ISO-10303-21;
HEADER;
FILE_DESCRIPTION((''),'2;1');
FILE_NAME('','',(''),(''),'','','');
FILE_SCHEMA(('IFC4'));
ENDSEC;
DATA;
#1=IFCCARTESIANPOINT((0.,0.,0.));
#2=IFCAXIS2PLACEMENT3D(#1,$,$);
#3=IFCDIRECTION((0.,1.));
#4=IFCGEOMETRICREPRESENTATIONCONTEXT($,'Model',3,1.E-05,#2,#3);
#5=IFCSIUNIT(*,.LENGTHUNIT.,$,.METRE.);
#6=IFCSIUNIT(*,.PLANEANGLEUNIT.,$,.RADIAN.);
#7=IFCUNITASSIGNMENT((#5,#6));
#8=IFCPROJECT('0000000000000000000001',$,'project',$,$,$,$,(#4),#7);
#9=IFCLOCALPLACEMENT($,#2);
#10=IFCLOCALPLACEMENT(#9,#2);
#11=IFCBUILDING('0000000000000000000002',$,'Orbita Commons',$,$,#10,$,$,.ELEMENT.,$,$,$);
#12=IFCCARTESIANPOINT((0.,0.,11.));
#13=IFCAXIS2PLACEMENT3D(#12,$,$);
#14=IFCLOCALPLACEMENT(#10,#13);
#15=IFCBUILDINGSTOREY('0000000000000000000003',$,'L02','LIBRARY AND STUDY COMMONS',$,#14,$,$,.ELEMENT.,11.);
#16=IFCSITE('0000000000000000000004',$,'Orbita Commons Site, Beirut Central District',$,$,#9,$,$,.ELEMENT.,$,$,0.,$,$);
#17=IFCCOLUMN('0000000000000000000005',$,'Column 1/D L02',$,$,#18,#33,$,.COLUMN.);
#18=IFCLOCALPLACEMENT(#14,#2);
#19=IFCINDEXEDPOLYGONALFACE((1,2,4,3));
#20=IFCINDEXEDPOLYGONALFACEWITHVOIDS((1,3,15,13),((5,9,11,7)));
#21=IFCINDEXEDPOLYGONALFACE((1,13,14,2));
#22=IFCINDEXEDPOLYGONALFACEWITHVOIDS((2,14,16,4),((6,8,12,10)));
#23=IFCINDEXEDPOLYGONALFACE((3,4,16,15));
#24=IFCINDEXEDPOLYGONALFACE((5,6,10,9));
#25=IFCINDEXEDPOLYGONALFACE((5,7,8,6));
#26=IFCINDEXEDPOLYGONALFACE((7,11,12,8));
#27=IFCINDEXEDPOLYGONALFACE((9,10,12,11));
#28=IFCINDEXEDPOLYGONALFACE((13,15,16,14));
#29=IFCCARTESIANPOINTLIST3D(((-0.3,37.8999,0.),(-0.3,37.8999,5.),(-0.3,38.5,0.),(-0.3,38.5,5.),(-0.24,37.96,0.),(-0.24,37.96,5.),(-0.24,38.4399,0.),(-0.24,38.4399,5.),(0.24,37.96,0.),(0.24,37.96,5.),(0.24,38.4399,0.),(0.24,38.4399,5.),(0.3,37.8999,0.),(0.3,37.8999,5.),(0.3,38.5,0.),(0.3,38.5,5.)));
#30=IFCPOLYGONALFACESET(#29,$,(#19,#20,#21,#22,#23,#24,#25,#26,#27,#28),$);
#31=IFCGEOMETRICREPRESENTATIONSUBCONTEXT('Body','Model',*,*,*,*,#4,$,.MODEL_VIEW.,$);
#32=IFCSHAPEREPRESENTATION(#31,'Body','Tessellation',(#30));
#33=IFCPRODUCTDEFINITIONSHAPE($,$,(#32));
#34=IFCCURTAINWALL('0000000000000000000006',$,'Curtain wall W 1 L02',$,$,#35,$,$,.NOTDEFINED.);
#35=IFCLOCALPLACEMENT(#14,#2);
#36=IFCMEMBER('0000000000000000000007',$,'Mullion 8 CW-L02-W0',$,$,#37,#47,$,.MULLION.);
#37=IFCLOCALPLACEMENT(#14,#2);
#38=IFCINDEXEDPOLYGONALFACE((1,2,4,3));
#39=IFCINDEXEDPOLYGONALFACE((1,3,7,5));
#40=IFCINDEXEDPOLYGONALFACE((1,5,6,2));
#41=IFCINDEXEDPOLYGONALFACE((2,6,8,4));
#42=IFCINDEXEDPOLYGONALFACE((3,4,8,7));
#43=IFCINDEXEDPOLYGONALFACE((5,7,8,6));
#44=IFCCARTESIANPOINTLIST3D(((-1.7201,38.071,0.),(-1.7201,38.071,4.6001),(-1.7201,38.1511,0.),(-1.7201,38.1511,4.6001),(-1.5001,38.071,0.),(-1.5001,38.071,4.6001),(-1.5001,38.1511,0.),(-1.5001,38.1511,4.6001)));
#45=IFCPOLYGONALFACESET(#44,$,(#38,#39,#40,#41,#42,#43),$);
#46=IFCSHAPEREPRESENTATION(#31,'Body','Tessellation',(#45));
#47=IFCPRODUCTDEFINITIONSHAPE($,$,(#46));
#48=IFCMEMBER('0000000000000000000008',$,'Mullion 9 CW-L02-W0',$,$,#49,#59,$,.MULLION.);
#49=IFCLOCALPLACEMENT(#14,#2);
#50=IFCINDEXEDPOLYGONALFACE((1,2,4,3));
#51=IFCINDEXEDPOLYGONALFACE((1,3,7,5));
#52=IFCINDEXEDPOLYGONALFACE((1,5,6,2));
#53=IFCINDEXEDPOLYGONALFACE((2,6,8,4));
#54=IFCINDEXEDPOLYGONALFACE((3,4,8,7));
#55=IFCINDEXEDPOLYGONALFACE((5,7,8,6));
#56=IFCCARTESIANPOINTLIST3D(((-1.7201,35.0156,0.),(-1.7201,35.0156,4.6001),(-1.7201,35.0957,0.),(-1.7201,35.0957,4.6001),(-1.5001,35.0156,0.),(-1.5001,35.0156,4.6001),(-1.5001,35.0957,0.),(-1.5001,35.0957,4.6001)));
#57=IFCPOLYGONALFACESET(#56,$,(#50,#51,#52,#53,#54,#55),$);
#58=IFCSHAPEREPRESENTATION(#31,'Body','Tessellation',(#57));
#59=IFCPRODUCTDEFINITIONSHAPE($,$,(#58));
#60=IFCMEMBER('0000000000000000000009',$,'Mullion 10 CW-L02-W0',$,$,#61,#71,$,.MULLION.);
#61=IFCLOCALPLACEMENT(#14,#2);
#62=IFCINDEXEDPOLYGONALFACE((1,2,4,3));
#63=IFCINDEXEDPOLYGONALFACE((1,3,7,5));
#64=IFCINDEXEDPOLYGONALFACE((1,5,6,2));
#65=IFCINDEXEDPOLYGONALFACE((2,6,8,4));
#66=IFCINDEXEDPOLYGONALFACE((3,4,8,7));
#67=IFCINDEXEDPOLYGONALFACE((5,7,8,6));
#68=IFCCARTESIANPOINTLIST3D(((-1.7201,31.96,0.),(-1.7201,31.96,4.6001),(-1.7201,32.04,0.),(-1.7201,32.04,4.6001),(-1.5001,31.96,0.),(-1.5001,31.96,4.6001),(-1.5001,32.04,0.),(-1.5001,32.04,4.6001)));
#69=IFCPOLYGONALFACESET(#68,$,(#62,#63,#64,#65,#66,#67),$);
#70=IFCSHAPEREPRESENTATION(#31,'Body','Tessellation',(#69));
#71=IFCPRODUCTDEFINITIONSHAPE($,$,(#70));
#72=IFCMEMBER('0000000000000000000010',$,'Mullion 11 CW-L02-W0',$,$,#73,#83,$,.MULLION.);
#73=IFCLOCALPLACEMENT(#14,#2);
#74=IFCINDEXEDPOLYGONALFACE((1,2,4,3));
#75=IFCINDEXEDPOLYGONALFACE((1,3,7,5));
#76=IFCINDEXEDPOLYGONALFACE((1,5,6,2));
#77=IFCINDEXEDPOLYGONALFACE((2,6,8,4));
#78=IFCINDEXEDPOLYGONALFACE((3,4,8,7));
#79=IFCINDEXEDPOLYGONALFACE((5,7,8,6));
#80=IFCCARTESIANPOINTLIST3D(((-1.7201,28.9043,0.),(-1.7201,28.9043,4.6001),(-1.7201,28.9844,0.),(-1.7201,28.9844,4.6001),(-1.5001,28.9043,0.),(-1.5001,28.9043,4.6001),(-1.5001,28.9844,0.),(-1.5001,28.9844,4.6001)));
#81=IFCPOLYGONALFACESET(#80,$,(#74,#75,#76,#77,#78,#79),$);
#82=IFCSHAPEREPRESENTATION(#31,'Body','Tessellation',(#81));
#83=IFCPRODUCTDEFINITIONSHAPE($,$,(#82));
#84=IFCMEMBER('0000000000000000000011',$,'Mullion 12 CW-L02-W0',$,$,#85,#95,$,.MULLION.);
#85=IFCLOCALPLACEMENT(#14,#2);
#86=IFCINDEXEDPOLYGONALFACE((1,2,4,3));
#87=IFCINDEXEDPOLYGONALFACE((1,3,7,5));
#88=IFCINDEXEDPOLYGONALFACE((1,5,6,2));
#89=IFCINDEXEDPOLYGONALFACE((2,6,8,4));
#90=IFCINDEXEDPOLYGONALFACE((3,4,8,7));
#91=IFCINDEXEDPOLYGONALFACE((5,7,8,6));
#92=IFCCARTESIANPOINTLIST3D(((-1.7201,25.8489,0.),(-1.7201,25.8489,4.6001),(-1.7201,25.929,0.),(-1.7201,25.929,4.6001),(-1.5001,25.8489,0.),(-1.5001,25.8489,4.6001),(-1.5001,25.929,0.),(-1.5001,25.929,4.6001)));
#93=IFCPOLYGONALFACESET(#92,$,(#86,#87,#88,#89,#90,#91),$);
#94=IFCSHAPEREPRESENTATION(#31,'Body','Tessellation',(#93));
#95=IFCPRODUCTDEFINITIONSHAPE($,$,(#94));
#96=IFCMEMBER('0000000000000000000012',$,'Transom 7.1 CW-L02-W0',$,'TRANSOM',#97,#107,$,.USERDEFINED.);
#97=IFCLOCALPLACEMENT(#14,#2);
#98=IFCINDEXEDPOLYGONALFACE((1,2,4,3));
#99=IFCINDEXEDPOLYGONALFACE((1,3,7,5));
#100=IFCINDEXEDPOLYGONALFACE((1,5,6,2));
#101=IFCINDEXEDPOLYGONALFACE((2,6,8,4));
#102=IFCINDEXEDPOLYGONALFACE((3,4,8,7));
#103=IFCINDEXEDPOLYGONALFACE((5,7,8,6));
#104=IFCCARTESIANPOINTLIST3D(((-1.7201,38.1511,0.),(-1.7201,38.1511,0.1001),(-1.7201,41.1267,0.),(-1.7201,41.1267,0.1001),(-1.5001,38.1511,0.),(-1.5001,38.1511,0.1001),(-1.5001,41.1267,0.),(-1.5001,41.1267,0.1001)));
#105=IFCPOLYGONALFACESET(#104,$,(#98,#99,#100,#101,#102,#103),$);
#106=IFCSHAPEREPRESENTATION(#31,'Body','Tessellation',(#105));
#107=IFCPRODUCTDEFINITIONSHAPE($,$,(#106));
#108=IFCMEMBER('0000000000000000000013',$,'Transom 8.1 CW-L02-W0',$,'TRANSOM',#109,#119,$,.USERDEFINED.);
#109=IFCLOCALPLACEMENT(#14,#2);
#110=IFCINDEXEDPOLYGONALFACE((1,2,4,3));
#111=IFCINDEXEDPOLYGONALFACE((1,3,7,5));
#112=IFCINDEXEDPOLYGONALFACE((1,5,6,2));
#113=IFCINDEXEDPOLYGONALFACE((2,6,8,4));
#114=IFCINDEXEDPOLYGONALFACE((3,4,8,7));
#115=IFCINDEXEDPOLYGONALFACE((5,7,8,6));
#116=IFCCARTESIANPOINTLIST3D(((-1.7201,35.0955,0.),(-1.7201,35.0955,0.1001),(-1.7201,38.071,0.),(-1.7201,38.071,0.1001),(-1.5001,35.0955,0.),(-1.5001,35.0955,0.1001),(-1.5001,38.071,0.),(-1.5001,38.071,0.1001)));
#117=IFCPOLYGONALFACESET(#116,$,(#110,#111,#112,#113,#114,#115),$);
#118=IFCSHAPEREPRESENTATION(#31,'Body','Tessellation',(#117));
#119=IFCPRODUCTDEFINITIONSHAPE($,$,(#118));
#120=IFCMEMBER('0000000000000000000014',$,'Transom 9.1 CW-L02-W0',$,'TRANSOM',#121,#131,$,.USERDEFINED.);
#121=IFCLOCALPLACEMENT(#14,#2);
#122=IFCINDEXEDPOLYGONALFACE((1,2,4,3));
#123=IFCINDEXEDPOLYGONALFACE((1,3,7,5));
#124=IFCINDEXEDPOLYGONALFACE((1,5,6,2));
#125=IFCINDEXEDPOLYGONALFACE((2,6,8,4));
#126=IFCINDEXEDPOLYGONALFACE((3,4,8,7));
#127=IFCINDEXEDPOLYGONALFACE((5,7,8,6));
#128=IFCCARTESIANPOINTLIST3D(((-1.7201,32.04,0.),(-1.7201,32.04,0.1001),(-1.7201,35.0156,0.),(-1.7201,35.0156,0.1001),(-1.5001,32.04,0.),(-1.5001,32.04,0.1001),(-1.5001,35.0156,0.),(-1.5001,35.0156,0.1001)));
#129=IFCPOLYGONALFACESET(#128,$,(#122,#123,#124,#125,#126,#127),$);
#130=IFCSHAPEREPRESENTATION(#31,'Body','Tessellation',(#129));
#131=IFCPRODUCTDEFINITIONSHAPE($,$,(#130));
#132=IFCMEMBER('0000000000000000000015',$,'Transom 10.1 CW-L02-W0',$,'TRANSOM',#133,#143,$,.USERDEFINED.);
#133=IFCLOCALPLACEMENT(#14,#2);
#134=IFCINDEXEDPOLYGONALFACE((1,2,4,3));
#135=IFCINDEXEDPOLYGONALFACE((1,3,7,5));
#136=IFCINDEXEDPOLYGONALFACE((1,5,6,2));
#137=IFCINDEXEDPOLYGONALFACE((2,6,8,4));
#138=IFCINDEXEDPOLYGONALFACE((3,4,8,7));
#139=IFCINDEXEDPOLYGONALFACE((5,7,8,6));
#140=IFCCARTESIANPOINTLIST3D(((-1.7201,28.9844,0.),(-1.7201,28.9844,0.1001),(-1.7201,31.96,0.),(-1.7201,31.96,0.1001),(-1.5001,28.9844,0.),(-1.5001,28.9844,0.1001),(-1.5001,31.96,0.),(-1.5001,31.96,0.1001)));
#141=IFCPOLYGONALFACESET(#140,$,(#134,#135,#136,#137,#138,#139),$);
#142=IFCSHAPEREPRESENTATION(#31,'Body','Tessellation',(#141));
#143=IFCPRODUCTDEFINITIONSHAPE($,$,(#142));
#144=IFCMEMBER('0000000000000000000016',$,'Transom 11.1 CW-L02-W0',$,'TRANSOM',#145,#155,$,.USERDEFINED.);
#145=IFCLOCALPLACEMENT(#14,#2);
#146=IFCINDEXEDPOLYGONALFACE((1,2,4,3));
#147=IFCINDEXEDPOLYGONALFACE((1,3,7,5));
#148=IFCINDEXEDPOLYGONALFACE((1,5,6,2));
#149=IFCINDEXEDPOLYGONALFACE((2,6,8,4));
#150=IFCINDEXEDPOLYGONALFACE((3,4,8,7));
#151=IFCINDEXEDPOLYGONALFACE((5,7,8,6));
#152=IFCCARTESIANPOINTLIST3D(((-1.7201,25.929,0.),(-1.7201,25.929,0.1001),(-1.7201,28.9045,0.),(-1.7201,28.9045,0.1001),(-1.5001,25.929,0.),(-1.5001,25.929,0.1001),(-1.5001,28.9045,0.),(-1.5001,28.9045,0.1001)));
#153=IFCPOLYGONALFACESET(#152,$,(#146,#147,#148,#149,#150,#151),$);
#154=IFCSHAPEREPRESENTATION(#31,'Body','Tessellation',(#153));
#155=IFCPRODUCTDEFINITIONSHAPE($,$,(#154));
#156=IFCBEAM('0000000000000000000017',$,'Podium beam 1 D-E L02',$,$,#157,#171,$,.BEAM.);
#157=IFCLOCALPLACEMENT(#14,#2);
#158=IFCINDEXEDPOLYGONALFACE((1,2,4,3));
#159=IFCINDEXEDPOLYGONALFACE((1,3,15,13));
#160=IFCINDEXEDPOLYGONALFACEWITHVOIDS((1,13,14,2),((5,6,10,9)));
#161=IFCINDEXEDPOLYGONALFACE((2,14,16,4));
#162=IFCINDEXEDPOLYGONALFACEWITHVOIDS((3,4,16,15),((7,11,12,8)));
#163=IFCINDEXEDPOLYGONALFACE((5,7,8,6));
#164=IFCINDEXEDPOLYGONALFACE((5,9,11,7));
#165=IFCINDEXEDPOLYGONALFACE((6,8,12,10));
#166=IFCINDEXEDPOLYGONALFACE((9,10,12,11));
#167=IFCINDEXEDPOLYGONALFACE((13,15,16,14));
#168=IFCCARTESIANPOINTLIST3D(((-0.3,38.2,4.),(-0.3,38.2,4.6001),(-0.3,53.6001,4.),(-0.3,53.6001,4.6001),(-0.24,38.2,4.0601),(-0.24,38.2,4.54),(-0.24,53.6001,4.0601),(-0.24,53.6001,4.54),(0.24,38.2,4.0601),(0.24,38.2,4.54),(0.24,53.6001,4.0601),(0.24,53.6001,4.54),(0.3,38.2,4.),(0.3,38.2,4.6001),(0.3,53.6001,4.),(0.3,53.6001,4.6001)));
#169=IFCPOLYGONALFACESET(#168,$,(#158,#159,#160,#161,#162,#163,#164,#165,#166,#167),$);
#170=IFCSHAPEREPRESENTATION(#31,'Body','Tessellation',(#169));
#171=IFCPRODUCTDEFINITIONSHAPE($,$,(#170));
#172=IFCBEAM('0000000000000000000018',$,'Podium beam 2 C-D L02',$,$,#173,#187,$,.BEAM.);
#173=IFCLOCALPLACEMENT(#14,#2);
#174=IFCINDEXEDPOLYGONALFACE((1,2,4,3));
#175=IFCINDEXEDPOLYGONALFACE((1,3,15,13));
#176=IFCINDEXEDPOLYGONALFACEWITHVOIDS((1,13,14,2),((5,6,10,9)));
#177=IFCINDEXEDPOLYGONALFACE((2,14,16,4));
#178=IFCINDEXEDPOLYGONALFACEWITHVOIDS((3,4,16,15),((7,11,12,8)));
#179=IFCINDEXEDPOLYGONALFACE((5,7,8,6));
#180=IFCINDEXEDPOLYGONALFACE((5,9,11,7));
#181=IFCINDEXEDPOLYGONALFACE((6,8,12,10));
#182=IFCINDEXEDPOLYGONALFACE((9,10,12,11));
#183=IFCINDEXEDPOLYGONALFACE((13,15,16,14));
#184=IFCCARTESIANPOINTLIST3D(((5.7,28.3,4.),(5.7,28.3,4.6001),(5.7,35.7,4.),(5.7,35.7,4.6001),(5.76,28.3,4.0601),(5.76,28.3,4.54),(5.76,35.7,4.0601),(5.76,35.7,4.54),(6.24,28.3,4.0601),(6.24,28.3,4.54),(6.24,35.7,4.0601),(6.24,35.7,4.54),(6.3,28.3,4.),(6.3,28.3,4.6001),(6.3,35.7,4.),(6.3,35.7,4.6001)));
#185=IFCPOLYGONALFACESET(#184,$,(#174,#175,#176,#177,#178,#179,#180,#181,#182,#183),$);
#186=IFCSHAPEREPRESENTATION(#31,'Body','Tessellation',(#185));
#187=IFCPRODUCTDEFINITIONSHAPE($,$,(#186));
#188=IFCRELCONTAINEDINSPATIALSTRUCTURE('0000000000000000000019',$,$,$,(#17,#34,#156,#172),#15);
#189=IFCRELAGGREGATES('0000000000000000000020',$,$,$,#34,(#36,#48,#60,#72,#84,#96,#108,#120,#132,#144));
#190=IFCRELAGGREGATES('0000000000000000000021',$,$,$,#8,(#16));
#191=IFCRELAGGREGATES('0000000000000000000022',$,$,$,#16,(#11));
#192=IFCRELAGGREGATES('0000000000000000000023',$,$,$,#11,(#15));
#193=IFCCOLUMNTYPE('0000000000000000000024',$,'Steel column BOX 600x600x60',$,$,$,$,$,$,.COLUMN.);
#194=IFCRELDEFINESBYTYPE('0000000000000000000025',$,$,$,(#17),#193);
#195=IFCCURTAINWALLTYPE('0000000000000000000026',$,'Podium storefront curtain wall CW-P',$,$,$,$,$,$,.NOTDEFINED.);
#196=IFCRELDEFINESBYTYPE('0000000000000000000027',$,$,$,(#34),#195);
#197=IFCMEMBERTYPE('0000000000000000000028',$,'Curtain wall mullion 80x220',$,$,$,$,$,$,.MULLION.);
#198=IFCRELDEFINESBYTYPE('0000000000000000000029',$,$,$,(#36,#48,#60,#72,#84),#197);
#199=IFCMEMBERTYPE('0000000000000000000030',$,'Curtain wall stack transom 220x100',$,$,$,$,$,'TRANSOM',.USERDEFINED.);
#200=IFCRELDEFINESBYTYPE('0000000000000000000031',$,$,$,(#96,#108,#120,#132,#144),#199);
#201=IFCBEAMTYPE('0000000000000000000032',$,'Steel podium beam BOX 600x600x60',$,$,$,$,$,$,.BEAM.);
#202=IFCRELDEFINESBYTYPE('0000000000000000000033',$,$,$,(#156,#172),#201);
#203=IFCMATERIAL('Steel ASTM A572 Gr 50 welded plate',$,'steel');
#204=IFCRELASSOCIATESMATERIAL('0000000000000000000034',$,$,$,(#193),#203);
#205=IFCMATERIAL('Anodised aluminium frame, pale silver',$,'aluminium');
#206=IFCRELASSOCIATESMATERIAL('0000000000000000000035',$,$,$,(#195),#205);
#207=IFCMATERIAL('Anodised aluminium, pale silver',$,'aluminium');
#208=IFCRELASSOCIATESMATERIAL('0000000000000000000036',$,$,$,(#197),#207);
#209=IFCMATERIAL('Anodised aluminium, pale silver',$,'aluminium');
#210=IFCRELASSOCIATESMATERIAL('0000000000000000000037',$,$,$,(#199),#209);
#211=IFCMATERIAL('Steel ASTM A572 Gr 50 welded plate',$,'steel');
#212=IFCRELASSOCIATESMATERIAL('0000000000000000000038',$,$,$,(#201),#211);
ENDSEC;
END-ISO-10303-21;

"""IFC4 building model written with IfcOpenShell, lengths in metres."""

from ifc_helpers import new_model, si_unit, direction, frame, origin, origin_2d, place, context, subcontext, project, spatial, rectangle, hollow_rectangle, extrude, material, material_profile, profile_set, type_object, element, aggregate, save


model = new_model("IFC4")

# Units and contexts
model_context = context("Model", 3, precision=1e-05, world=origin(), true_north=direction((0.0, 1.0)))
body_context = subcontext(model_context, "Body", "Model", "MODEL_VIEW")
ifc_project = project(units=[si_unit("LENGTHUNIT", "METRE"), si_unit("PLANEANGLEUNIT", "RADIAN")], contexts=[model_context])

# Site, building, storey
site_placement = place(None, origin())
site = spatial("IfcSite", under=ifc_project, at=site_placement, Name="Orbita Commons Site, Beirut Central District", CompositionType="ELEMENT", RefElevation=0.0)
building_placement = place(site_placement, origin())
building = spatial("IfcBuilding", under=site, at=building_placement, Name="Orbita Commons", CompositionType="ELEMENT")
storey_placement = place(building_placement, frame((0.0, 0.0, 11.0)))
storey = spatial("IfcBuildingStorey", under=building, at=storey_placement, Name="L02", Description="LIBRARY AND STUDY COMMONS", CompositionType="ELEMENT", Elevation=11.0)

# Column
ifc_material_1 = material(Name="Steel ASTM A572 Gr 50 welded plate", Category="steel")
ifc_material_profile_1 = material_profile(ifc_material_1, hollow_rectangle(XDim=0.6001, YDim=0.6001, WallThickness=0.0601, at=origin_2d()), Name="BOX 600x600x60")
ifc_profile_set_1 = profile_set([ifc_material_profile_1], Name="Steel ASTM A572 Gr 50 welded plate")
column_type = type_object("IfcColumnType", Name="Steel column BOX 600x600x60", PredefinedType="COLUMN", material=ifc_profile_set_1)
column_placement = place(storey_placement, frame((0.0, 38.2, 0.0), z_axis=(0.0, 0.0, 1.0), x_axis=(1.0, 0.0, 0.0)))
element("IfcColumn", 1, at=column_placement, inside=storey, type_object=column_type, Name="Column 1/D L02", PredefinedType="COLUMN", context=body_context, shape_type="SweptSolid", body=[
    extrude(hollow_rectangle(XDim=0.6001, YDim=0.6001, WallThickness=0.0601, at=origin_2d()), origin(), (0.0, 0.0, 1.0), 5.0),
])

# Curtain wall, members
ifc_material_2 = material(Name="Anodised aluminium frame, pale silver", Category="aluminium")
curtain_wall_type = type_object("IfcCurtainWallType", Name="Podium storefront curtain wall CW-P", PredefinedType="NOTDEFINED", material=ifc_material_2)
curtain_wall_placement = place(storey_placement, origin())
curtain_wall = element("IfcCurtainWall", 2, at=curtain_wall_placement, inside=storey, type_object=curtain_wall_type, Name="Curtain wall W 1 L02", PredefinedType="NOTDEFINED")
ifc_material_3 = material(Name="Anodised aluminium, pale silver", Category="aluminium")
ifc_material_profile_2 = material_profile(ifc_material_3, rectangle(XDim=0.0801, YDim=0.22, at=origin_2d()), Name="AL 80x220")
ifc_profile_set_2 = profile_set([ifc_material_profile_2], Name="Anodised aluminium, pale silver")
member_type_1 = type_object("IfcMemberType", Name="Curtain wall mullion 80x220", PredefinedType="MULLION", material=ifc_profile_set_2)
member_1_placement = place(storey_placement, frame((-1.6101, 38.1111, 0.0), z_axis=(0.0, 0.0, 1.0), x_axis=(0.0, -1.0, 0.0)))
member_1 = element("IfcMember", 3, at=member_1_placement, type_object=member_type_1, Name="Mullion 8 CW-L02-W0", PredefinedType="MULLION", context=body_context, shape_type="SweptSolid", body=[
    extrude(rectangle(XDim=0.0801, YDim=0.22, at=origin_2d()), origin(), (0.0, 0.0, 1.0), 4.6001),
])
member_2_placement = place(storey_placement, frame((-1.6101, 35.0557, 0.0), z_axis=(0.0, 0.0, 1.0), x_axis=(0.0, -1.0, 0.0)))
member_2 = element("IfcMember", 4, at=member_2_placement, type_object=member_type_1, Name="Mullion 9 CW-L02-W0", PredefinedType="MULLION", context=body_context, shape_type="SweptSolid", body=[
    extrude(rectangle(XDim=0.0801, YDim=0.22, at=origin_2d()), origin(), (0.0, 0.0, 1.0), 4.6001),
])
member_3_placement = place(storey_placement, frame((-1.6101, 32.0, 0.0), z_axis=(0.0, 0.0, 1.0), x_axis=(0.0, -1.0, 0.0)))
member_3 = element("IfcMember", 5, at=member_3_placement, type_object=member_type_1, Name="Mullion 10 CW-L02-W0", PredefinedType="MULLION", context=body_context, shape_type="SweptSolid", body=[
    extrude(rectangle(XDim=0.0801, YDim=0.22, at=origin_2d()), origin(), (0.0, 0.0, 1.0), 4.6001),
])
member_4_placement = place(storey_placement, frame((-1.6101, 28.9443, 0.0), z_axis=(0.0, 0.0, 1.0), x_axis=(0.0, -1.0, 0.0)))
member_4 = element("IfcMember", 6, at=member_4_placement, type_object=member_type_1, Name="Mullion 11 CW-L02-W0", PredefinedType="MULLION", context=body_context, shape_type="SweptSolid", body=[
    extrude(rectangle(XDim=0.0801, YDim=0.22, at=origin_2d()), origin(), (0.0, 0.0, 1.0), 4.6001),
])
member_5_placement = place(storey_placement, frame((-1.6101, 25.8889, 0.0), z_axis=(0.0, 0.0, 1.0), x_axis=(0.0, -1.0, 0.0)))
member_5 = element("IfcMember", 7, at=member_5_placement, type_object=member_type_1, Name="Mullion 12 CW-L02-W0", PredefinedType="MULLION", context=body_context, shape_type="SweptSolid", body=[
    extrude(rectangle(XDim=0.0801, YDim=0.22, at=origin_2d()), origin(), (0.0, 0.0, 1.0), 4.6001),
])
ifc_material_4 = material(Name="Anodised aluminium, pale silver", Category="aluminium")
ifc_material_profile_3 = material_profile(ifc_material_4, rectangle(XDim=0.22, YDim=0.1001, at=origin_2d()), Name="AL 220x100")
ifc_profile_set_3 = profile_set([ifc_material_profile_3], Name="Anodised aluminium, pale silver")
member_type_2 = type_object("IfcMemberType", Name="Curtain wall stack transom 220x100", ElementType="TRANSOM", PredefinedType="USERDEFINED", material=ifc_profile_set_3)
member_6_placement = place(storey_placement, frame((-1.6101, 41.1267, 0.05), z_axis=(0.0, -1.0, 0.0), x_axis=(1.0, 0.0, 0.0)))
member_6 = element("IfcMember", 8, at=member_6_placement, type_object=member_type_2, Name="Transom 7.1 CW-L02-W0", ObjectType="TRANSOM", PredefinedType="USERDEFINED", context=body_context, shape_type="SweptSolid", body=[
    extrude(rectangle(XDim=0.22, YDim=0.1001, at=origin_2d()), origin(), (0.0, 0.0, 1.0), 2.9756),
])
member_7_placement = place(storey_placement, frame((-1.6101, 38.071, 0.05), z_axis=(0.0, -1.0, 0.0), x_axis=(1.0, 0.0, 0.0)))
member_7 = element("IfcMember", 9, at=member_7_placement, type_object=member_type_2, Name="Transom 8.1 CW-L02-W0", ObjectType="TRANSOM", PredefinedType="USERDEFINED", context=body_context, shape_type="SweptSolid", body=[
    extrude(rectangle(XDim=0.22, YDim=0.1001, at=origin_2d()), origin(), (0.0, 0.0, 1.0), 2.9756),
])
member_8_placement = place(storey_placement, frame((-1.6101, 35.0156, 0.05), z_axis=(0.0, -1.0, 0.0), x_axis=(1.0, 0.0, 0.0)))
member_8 = element("IfcMember", 10, at=member_8_placement, type_object=member_type_2, Name="Transom 9.1 CW-L02-W0", ObjectType="TRANSOM", PredefinedType="USERDEFINED", context=body_context, shape_type="SweptSolid", body=[
    extrude(rectangle(XDim=0.22, YDim=0.1001, at=origin_2d()), origin(), (0.0, 0.0, 1.0), 2.9756),
])
member_9_placement = place(storey_placement, frame((-1.6101, 31.96, 0.05), z_axis=(0.0, -1.0, 0.0), x_axis=(1.0, 0.0, 0.0)))
member_9 = element("IfcMember", 11, at=member_9_placement, type_object=member_type_2, Name="Transom 10.1 CW-L02-W0", ObjectType="TRANSOM", PredefinedType="USERDEFINED", context=body_context, shape_type="SweptSolid", body=[
    extrude(rectangle(XDim=0.22, YDim=0.1001, at=origin_2d()), origin(), (0.0, 0.0, 1.0), 2.9756),
])
member_10_placement = place(storey_placement, frame((-1.6101, 28.9045, 0.05), z_axis=(0.0, -1.0, 0.0), x_axis=(1.0, 0.0, 0.0)))
member_10 = element("IfcMember", 12, at=member_10_placement, type_object=member_type_2, Name="Transom 11.1 CW-L02-W0", ObjectType="TRANSOM", PredefinedType="USERDEFINED", context=body_context, shape_type="SweptSolid", body=[
    extrude(rectangle(XDim=0.22, YDim=0.1001, at=origin_2d()), origin(), (0.0, 0.0, 1.0), 2.9756),
])

# Beams
ifc_material_5 = material(Name="Steel ASTM A572 Gr 50 welded plate", Category="steel")
ifc_material_profile_4 = material_profile(ifc_material_5, hollow_rectangle(XDim=0.6001, YDim=0.6001, WallThickness=0.0601, at=origin_2d()), Name="BOX 600x600x60")
ifc_profile_set_4 = profile_set([ifc_material_profile_4], Name="Steel ASTM A572 Gr 50 welded plate")
beam_type = type_object("IfcBeamType", Name="Steel podium beam BOX 600x600x60", PredefinedType="BEAM", material=ifc_profile_set_4)
beam_1_placement = place(storey_placement, frame((0.0, 38.2, 4.3), z_axis=(0.0, 1.0, 0.0), x_axis=(-1.0, 0.0, 0.0)))
element("IfcBeam", 13, at=beam_1_placement, inside=storey, type_object=beam_type, Name="Podium beam 1 D-E L02", PredefinedType="BEAM", context=body_context, shape_type="SweptSolid", body=[
    extrude(hollow_rectangle(XDim=0.6001, YDim=0.6001, WallThickness=0.0601, at=origin_2d()), origin(), (0.0, 0.0, 1.0), 15.4001),
])
beam_2_placement = place(storey_placement, frame((6.0, 28.3, 4.3), z_axis=(0.0, 1.0, 0.0), x_axis=(-1.0, 0.0, 0.0)))
element("IfcBeam", 14, at=beam_2_placement, inside=storey, type_object=beam_type, Name="Podium beam 2 C-D L02", PredefinedType="BEAM", context=body_context, shape_type="SweptSolid", body=[
    extrude(hollow_rectangle(XDim=0.6001, YDim=0.6001, WallThickness=0.0601, at=origin_2d()), origin(), (0.0, 0.0, 1.0), 7.3999),
])

aggregate(curtain_wall, [member_1, member_2, member_3, member_4, member_5, member_6, member_7, member_8, member_9, member_10])

save(model, "model.ifc")
